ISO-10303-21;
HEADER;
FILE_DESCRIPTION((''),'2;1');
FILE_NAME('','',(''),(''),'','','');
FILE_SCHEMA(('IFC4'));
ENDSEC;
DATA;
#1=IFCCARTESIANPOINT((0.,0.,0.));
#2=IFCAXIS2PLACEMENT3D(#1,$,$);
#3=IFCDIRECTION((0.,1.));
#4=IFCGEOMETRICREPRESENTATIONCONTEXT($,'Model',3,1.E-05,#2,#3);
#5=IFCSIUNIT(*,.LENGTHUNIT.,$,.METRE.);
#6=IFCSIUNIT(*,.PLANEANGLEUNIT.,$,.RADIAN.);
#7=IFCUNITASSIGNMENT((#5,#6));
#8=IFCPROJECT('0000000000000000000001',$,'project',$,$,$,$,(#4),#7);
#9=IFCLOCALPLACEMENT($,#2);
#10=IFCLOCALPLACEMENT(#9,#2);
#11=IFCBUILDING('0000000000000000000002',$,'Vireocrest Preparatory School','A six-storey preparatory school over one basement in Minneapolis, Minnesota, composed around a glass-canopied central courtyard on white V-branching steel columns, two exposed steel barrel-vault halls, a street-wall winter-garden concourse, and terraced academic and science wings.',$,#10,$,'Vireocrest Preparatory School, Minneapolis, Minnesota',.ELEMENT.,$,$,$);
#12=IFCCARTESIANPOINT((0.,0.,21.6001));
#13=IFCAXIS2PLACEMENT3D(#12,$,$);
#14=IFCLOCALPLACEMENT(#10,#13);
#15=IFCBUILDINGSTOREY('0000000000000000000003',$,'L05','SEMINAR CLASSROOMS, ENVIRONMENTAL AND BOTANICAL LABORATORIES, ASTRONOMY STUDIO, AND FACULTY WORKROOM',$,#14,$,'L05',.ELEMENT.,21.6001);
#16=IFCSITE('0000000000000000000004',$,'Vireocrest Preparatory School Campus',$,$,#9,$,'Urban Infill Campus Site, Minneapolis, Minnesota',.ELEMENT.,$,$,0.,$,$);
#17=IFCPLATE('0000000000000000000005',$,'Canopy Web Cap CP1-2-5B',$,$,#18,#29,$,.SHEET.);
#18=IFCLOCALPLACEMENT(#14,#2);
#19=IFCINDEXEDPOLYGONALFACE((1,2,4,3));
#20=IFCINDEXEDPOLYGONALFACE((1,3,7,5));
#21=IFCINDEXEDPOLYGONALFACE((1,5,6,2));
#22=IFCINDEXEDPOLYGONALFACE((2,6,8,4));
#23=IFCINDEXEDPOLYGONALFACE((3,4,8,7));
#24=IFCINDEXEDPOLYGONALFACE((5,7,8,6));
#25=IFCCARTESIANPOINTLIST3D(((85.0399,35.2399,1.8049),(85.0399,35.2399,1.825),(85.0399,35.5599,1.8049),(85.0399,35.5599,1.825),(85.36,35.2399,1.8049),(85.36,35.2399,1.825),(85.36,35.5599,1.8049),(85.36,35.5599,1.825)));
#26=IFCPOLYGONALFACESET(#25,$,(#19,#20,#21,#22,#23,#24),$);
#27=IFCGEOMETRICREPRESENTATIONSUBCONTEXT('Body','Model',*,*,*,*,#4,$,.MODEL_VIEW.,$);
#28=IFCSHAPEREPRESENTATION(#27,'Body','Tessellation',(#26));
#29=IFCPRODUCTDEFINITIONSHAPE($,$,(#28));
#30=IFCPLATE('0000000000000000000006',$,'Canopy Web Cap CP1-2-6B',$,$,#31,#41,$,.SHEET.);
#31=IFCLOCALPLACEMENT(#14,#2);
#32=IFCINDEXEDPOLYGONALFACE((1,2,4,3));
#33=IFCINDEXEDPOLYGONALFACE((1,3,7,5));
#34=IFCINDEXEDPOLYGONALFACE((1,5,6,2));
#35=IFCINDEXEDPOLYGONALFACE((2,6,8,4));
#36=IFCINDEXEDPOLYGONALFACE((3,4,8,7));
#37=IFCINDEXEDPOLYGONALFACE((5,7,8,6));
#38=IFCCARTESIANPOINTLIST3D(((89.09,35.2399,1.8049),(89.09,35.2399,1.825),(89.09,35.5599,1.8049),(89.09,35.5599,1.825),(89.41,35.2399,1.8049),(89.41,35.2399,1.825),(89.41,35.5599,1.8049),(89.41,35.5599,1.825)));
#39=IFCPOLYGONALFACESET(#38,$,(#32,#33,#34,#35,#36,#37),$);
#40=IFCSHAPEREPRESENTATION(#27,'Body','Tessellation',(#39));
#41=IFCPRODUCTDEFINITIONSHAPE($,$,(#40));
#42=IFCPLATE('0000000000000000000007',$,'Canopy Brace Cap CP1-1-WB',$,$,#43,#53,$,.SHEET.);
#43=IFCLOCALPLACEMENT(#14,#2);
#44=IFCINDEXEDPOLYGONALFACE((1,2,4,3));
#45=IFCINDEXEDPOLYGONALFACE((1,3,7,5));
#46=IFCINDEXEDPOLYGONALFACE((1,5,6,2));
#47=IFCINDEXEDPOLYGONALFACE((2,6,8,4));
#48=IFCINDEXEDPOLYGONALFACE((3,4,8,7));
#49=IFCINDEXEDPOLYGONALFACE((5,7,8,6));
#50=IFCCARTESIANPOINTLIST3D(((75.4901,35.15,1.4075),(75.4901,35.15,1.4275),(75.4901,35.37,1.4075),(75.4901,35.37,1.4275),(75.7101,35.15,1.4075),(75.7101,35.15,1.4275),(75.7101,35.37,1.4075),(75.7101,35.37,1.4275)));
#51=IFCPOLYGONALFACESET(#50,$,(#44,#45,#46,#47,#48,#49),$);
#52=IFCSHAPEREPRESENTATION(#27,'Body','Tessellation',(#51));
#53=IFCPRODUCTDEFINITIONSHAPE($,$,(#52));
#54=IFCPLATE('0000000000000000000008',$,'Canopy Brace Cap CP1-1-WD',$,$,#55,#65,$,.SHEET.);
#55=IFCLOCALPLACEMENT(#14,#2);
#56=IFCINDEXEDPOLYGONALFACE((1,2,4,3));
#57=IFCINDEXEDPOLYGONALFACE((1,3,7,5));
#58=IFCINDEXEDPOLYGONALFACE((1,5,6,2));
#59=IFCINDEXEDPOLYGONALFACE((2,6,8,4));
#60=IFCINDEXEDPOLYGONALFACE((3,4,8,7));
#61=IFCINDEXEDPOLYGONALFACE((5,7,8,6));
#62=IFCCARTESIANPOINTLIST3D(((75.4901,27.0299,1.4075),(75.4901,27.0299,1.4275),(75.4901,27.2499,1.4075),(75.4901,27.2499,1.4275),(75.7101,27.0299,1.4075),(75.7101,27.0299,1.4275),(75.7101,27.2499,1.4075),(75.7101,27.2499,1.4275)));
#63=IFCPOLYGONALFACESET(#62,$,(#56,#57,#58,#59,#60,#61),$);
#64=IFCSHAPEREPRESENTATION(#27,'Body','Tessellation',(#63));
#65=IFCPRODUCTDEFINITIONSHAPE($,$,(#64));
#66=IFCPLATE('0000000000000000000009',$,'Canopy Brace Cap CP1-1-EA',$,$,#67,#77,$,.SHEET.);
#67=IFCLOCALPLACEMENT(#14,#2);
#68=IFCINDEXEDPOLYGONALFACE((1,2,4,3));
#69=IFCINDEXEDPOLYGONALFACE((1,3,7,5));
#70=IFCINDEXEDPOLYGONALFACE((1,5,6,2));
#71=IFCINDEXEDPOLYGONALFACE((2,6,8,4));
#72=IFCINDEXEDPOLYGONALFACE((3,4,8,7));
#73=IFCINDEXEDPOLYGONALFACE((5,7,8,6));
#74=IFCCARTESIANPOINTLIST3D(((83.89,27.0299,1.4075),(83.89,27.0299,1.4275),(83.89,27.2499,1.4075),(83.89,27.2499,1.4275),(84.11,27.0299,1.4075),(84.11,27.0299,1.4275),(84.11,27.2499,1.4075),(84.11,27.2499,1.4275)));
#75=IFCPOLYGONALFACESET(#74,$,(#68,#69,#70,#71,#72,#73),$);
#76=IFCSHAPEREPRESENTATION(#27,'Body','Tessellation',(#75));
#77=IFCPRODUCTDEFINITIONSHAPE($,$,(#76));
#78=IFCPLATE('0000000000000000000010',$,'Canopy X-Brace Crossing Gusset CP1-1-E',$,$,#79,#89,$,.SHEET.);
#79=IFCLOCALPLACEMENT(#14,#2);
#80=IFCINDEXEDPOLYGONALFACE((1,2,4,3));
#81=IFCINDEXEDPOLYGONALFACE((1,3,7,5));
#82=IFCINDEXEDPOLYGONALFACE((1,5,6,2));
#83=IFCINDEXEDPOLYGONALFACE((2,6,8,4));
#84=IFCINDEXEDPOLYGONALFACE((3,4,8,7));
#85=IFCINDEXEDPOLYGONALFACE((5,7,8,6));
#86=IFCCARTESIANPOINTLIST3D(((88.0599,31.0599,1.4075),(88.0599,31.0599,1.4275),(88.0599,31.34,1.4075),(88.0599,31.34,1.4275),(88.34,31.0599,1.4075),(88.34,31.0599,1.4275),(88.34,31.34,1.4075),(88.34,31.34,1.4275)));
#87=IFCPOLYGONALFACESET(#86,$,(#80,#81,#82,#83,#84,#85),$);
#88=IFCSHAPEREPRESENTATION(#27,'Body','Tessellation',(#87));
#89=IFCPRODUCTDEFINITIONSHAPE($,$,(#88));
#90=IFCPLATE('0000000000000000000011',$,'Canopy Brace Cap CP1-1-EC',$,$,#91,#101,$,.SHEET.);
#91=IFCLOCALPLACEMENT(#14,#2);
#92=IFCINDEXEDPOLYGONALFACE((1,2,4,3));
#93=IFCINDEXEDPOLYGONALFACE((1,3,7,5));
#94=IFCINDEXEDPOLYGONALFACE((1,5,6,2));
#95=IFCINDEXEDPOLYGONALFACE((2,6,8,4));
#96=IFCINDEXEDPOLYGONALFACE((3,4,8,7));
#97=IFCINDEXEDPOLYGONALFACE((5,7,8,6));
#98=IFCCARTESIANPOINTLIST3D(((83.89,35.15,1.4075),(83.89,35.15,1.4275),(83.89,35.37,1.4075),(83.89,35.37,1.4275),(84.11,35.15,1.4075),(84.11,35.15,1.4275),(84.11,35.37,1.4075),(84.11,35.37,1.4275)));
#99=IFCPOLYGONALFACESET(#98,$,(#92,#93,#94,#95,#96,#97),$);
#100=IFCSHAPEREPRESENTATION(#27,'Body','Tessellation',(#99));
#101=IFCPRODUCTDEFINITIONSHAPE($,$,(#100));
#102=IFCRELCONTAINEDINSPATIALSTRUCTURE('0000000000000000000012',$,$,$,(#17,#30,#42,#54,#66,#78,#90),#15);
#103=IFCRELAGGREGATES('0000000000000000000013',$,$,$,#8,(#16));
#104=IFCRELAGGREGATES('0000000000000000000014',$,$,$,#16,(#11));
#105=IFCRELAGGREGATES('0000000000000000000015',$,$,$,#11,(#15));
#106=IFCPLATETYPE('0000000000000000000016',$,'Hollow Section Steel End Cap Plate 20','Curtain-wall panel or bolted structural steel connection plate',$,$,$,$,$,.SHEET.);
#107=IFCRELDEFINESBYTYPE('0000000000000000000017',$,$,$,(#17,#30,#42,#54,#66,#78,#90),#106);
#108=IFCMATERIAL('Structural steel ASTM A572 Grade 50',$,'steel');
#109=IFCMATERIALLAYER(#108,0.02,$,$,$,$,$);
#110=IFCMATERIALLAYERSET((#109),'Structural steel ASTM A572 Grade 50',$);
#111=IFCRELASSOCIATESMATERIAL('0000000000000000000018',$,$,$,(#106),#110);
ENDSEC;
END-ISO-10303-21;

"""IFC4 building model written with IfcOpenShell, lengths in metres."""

from ifc_helpers import new_model, si_unit, direction, frame, origin, origin_2d, place, context, subcontext, project, spatial, rectangle, extrude, material, layer, layer_set, type_object, element, save


model = new_model("IFC4")

# Units and contexts
model_context = context("Model", 3, precision=1e-05, world=origin(), true_north=direction((0.0, 1.0)))
body_context = subcontext(model_context, "Body", "Model", "MODEL_VIEW")
ifc_project = project(units=[si_unit("LENGTHUNIT", "METRE"), si_unit("PLANEANGLEUNIT", "RADIAN")], contexts=[model_context])

# Site, building, storey
site_placement = place(None, origin())
site = spatial("IfcSite", under=ifc_project, at=site_placement, Name="Vireocrest Preparatory School Campus", LongName="Urban Infill Campus Site, Minneapolis, Minnesota", CompositionType="ELEMENT", RefElevation=0.0)
building_placement = place(site_placement, origin())
building = spatial("IfcBuilding", under=site, at=building_placement, Name="Vireocrest Preparatory School", Description="A six-storey preparatory school over one basement in Minneapolis, Minnesota, composed around a glass-canopied central courtyard on white V-branching steel columns, two exposed steel barrel-vault halls, a street-wall winter-garden concourse, and terraced academic and science wings.", LongName="Vireocrest Preparatory School, Minneapolis, Minnesota", CompositionType="ELEMENT")
storey_placement = place(building_placement, frame((0.0, 0.0, 21.6001)))
storey = spatial("IfcBuildingStorey", under=building, at=storey_placement, Name="L05", Description="SEMINAR CLASSROOMS, ENVIRONMENTAL AND BOTANICAL LABORATORIES, ASTRONOMY STUDIO, AND FACULTY WORKROOM", LongName="L05", CompositionType="ELEMENT", Elevation=21.6001)

# Plates
ifc_material_1 = material(Name="Structural steel ASTM A572 Grade 50", Category="steel")
ifc_layer_1 = layer(ifc_material_1, 0.02)
ifc_layer_set_1 = layer_set([ifc_layer_1], Name="Structural steel ASTM A572 Grade 50")
plate_type_1 = type_object("IfcPlateType", Name="Hollow Section Steel End Cap Plate 20", Description="Curtain-wall panel or bolted structural steel connection plate", PredefinedType="SHEET", material=ifc_layer_set_1)
for number, where, z_axis, x_axis, name in (
    (1, (85.2, 35.3999, 1.8049), (0.0, 0.0, 1.0), (1.0, 0.0, 0.0), "Canopy Web Cap CP1-2-5B"),
    (2, (89.25, 35.3999, 1.8049), (0.0, 0.0, 1.0), (1.0, 0.0, 0.0), "Canopy Web Cap CP1-2-6B"),
):
    element("IfcPlate", number, at=place(storey_placement, frame(where, z_axis=z_axis, x_axis=x_axis)), inside=storey, type_object=plate_type_1, Name=name, PredefinedType="SHEET", context=body_context, shape_type="SweptSolid", body=[
        extrude(rectangle(XDim=0.3201, YDim=0.3201, at=origin_2d()), origin(), (0.0, 0.0, 1.0), 0.02),
    ])
for number, where, z_axis, x_axis, name in (
    (3, (75.6001, 35.26, 1.4075), (0.0, 0.0, 1.0), (1.0, 0.0, 0.0), "Canopy Brace Cap CP1-1-WB"),
    (4, (75.6001, 27.1399, 1.4075), (0.0, 0.0, 1.0), (1.0, 0.0, 0.0), "Canopy Brace Cap CP1-1-WD"),
    (5, (84.0, 27.1399, 1.4075), (0.0, 0.0, 1.0), (1.0, 0.0, 0.0), "Canopy Brace Cap CP1-1-EA"),
):
    element("IfcPlate", number, at=place(storey_placement, frame(where, z_axis=z_axis, x_axis=x_axis)), inside=storey, type_object=plate_type_1, Name=name, PredefinedType="SHEET", context=body_context, shape_type="SweptSolid", body=[
        extrude(rectangle(XDim=0.22, YDim=0.22, at=origin_2d()), origin(), (0.0, 0.0, 1.0), 0.02),
    ])
plate_1_placement = place(storey_placement, frame((88.2, 31.2, 1.4075), z_axis=(0.0, 0.0, 1.0), x_axis=(1.0, 0.0, 0.0)))
element("IfcPlate", 6, at=plate_1_placement, inside=storey, type_object=plate_type_1, Name="Canopy X-Brace Crossing Gusset CP1-1-E", PredefinedType="SHEET", context=body_context, shape_type="SweptSolid", body=[
    extrude(rectangle(XDim=0.28, YDim=0.28, at=origin_2d()), origin(), (0.0, 0.0, 1.0), 0.02),
])
plate_2_placement = place(storey_placement, frame((84.0, 35.26, 1.4075), z_axis=(0.0, 0.0, 1.0), x_axis=(1.0, 0.0, 0.0)))
element("IfcPlate", 7, at=plate_2_placement, inside=storey, type_object=plate_type_1, Name="Canopy Brace Cap CP1-1-EC", PredefinedType="SHEET", context=body_context, shape_type="SweptSolid", body=[
    extrude(rectangle(XDim=0.22, YDim=0.22, at=origin_2d()), origin(), (0.0, 0.0, 1.0), 0.02),
])

save(model, "model.ifc")
